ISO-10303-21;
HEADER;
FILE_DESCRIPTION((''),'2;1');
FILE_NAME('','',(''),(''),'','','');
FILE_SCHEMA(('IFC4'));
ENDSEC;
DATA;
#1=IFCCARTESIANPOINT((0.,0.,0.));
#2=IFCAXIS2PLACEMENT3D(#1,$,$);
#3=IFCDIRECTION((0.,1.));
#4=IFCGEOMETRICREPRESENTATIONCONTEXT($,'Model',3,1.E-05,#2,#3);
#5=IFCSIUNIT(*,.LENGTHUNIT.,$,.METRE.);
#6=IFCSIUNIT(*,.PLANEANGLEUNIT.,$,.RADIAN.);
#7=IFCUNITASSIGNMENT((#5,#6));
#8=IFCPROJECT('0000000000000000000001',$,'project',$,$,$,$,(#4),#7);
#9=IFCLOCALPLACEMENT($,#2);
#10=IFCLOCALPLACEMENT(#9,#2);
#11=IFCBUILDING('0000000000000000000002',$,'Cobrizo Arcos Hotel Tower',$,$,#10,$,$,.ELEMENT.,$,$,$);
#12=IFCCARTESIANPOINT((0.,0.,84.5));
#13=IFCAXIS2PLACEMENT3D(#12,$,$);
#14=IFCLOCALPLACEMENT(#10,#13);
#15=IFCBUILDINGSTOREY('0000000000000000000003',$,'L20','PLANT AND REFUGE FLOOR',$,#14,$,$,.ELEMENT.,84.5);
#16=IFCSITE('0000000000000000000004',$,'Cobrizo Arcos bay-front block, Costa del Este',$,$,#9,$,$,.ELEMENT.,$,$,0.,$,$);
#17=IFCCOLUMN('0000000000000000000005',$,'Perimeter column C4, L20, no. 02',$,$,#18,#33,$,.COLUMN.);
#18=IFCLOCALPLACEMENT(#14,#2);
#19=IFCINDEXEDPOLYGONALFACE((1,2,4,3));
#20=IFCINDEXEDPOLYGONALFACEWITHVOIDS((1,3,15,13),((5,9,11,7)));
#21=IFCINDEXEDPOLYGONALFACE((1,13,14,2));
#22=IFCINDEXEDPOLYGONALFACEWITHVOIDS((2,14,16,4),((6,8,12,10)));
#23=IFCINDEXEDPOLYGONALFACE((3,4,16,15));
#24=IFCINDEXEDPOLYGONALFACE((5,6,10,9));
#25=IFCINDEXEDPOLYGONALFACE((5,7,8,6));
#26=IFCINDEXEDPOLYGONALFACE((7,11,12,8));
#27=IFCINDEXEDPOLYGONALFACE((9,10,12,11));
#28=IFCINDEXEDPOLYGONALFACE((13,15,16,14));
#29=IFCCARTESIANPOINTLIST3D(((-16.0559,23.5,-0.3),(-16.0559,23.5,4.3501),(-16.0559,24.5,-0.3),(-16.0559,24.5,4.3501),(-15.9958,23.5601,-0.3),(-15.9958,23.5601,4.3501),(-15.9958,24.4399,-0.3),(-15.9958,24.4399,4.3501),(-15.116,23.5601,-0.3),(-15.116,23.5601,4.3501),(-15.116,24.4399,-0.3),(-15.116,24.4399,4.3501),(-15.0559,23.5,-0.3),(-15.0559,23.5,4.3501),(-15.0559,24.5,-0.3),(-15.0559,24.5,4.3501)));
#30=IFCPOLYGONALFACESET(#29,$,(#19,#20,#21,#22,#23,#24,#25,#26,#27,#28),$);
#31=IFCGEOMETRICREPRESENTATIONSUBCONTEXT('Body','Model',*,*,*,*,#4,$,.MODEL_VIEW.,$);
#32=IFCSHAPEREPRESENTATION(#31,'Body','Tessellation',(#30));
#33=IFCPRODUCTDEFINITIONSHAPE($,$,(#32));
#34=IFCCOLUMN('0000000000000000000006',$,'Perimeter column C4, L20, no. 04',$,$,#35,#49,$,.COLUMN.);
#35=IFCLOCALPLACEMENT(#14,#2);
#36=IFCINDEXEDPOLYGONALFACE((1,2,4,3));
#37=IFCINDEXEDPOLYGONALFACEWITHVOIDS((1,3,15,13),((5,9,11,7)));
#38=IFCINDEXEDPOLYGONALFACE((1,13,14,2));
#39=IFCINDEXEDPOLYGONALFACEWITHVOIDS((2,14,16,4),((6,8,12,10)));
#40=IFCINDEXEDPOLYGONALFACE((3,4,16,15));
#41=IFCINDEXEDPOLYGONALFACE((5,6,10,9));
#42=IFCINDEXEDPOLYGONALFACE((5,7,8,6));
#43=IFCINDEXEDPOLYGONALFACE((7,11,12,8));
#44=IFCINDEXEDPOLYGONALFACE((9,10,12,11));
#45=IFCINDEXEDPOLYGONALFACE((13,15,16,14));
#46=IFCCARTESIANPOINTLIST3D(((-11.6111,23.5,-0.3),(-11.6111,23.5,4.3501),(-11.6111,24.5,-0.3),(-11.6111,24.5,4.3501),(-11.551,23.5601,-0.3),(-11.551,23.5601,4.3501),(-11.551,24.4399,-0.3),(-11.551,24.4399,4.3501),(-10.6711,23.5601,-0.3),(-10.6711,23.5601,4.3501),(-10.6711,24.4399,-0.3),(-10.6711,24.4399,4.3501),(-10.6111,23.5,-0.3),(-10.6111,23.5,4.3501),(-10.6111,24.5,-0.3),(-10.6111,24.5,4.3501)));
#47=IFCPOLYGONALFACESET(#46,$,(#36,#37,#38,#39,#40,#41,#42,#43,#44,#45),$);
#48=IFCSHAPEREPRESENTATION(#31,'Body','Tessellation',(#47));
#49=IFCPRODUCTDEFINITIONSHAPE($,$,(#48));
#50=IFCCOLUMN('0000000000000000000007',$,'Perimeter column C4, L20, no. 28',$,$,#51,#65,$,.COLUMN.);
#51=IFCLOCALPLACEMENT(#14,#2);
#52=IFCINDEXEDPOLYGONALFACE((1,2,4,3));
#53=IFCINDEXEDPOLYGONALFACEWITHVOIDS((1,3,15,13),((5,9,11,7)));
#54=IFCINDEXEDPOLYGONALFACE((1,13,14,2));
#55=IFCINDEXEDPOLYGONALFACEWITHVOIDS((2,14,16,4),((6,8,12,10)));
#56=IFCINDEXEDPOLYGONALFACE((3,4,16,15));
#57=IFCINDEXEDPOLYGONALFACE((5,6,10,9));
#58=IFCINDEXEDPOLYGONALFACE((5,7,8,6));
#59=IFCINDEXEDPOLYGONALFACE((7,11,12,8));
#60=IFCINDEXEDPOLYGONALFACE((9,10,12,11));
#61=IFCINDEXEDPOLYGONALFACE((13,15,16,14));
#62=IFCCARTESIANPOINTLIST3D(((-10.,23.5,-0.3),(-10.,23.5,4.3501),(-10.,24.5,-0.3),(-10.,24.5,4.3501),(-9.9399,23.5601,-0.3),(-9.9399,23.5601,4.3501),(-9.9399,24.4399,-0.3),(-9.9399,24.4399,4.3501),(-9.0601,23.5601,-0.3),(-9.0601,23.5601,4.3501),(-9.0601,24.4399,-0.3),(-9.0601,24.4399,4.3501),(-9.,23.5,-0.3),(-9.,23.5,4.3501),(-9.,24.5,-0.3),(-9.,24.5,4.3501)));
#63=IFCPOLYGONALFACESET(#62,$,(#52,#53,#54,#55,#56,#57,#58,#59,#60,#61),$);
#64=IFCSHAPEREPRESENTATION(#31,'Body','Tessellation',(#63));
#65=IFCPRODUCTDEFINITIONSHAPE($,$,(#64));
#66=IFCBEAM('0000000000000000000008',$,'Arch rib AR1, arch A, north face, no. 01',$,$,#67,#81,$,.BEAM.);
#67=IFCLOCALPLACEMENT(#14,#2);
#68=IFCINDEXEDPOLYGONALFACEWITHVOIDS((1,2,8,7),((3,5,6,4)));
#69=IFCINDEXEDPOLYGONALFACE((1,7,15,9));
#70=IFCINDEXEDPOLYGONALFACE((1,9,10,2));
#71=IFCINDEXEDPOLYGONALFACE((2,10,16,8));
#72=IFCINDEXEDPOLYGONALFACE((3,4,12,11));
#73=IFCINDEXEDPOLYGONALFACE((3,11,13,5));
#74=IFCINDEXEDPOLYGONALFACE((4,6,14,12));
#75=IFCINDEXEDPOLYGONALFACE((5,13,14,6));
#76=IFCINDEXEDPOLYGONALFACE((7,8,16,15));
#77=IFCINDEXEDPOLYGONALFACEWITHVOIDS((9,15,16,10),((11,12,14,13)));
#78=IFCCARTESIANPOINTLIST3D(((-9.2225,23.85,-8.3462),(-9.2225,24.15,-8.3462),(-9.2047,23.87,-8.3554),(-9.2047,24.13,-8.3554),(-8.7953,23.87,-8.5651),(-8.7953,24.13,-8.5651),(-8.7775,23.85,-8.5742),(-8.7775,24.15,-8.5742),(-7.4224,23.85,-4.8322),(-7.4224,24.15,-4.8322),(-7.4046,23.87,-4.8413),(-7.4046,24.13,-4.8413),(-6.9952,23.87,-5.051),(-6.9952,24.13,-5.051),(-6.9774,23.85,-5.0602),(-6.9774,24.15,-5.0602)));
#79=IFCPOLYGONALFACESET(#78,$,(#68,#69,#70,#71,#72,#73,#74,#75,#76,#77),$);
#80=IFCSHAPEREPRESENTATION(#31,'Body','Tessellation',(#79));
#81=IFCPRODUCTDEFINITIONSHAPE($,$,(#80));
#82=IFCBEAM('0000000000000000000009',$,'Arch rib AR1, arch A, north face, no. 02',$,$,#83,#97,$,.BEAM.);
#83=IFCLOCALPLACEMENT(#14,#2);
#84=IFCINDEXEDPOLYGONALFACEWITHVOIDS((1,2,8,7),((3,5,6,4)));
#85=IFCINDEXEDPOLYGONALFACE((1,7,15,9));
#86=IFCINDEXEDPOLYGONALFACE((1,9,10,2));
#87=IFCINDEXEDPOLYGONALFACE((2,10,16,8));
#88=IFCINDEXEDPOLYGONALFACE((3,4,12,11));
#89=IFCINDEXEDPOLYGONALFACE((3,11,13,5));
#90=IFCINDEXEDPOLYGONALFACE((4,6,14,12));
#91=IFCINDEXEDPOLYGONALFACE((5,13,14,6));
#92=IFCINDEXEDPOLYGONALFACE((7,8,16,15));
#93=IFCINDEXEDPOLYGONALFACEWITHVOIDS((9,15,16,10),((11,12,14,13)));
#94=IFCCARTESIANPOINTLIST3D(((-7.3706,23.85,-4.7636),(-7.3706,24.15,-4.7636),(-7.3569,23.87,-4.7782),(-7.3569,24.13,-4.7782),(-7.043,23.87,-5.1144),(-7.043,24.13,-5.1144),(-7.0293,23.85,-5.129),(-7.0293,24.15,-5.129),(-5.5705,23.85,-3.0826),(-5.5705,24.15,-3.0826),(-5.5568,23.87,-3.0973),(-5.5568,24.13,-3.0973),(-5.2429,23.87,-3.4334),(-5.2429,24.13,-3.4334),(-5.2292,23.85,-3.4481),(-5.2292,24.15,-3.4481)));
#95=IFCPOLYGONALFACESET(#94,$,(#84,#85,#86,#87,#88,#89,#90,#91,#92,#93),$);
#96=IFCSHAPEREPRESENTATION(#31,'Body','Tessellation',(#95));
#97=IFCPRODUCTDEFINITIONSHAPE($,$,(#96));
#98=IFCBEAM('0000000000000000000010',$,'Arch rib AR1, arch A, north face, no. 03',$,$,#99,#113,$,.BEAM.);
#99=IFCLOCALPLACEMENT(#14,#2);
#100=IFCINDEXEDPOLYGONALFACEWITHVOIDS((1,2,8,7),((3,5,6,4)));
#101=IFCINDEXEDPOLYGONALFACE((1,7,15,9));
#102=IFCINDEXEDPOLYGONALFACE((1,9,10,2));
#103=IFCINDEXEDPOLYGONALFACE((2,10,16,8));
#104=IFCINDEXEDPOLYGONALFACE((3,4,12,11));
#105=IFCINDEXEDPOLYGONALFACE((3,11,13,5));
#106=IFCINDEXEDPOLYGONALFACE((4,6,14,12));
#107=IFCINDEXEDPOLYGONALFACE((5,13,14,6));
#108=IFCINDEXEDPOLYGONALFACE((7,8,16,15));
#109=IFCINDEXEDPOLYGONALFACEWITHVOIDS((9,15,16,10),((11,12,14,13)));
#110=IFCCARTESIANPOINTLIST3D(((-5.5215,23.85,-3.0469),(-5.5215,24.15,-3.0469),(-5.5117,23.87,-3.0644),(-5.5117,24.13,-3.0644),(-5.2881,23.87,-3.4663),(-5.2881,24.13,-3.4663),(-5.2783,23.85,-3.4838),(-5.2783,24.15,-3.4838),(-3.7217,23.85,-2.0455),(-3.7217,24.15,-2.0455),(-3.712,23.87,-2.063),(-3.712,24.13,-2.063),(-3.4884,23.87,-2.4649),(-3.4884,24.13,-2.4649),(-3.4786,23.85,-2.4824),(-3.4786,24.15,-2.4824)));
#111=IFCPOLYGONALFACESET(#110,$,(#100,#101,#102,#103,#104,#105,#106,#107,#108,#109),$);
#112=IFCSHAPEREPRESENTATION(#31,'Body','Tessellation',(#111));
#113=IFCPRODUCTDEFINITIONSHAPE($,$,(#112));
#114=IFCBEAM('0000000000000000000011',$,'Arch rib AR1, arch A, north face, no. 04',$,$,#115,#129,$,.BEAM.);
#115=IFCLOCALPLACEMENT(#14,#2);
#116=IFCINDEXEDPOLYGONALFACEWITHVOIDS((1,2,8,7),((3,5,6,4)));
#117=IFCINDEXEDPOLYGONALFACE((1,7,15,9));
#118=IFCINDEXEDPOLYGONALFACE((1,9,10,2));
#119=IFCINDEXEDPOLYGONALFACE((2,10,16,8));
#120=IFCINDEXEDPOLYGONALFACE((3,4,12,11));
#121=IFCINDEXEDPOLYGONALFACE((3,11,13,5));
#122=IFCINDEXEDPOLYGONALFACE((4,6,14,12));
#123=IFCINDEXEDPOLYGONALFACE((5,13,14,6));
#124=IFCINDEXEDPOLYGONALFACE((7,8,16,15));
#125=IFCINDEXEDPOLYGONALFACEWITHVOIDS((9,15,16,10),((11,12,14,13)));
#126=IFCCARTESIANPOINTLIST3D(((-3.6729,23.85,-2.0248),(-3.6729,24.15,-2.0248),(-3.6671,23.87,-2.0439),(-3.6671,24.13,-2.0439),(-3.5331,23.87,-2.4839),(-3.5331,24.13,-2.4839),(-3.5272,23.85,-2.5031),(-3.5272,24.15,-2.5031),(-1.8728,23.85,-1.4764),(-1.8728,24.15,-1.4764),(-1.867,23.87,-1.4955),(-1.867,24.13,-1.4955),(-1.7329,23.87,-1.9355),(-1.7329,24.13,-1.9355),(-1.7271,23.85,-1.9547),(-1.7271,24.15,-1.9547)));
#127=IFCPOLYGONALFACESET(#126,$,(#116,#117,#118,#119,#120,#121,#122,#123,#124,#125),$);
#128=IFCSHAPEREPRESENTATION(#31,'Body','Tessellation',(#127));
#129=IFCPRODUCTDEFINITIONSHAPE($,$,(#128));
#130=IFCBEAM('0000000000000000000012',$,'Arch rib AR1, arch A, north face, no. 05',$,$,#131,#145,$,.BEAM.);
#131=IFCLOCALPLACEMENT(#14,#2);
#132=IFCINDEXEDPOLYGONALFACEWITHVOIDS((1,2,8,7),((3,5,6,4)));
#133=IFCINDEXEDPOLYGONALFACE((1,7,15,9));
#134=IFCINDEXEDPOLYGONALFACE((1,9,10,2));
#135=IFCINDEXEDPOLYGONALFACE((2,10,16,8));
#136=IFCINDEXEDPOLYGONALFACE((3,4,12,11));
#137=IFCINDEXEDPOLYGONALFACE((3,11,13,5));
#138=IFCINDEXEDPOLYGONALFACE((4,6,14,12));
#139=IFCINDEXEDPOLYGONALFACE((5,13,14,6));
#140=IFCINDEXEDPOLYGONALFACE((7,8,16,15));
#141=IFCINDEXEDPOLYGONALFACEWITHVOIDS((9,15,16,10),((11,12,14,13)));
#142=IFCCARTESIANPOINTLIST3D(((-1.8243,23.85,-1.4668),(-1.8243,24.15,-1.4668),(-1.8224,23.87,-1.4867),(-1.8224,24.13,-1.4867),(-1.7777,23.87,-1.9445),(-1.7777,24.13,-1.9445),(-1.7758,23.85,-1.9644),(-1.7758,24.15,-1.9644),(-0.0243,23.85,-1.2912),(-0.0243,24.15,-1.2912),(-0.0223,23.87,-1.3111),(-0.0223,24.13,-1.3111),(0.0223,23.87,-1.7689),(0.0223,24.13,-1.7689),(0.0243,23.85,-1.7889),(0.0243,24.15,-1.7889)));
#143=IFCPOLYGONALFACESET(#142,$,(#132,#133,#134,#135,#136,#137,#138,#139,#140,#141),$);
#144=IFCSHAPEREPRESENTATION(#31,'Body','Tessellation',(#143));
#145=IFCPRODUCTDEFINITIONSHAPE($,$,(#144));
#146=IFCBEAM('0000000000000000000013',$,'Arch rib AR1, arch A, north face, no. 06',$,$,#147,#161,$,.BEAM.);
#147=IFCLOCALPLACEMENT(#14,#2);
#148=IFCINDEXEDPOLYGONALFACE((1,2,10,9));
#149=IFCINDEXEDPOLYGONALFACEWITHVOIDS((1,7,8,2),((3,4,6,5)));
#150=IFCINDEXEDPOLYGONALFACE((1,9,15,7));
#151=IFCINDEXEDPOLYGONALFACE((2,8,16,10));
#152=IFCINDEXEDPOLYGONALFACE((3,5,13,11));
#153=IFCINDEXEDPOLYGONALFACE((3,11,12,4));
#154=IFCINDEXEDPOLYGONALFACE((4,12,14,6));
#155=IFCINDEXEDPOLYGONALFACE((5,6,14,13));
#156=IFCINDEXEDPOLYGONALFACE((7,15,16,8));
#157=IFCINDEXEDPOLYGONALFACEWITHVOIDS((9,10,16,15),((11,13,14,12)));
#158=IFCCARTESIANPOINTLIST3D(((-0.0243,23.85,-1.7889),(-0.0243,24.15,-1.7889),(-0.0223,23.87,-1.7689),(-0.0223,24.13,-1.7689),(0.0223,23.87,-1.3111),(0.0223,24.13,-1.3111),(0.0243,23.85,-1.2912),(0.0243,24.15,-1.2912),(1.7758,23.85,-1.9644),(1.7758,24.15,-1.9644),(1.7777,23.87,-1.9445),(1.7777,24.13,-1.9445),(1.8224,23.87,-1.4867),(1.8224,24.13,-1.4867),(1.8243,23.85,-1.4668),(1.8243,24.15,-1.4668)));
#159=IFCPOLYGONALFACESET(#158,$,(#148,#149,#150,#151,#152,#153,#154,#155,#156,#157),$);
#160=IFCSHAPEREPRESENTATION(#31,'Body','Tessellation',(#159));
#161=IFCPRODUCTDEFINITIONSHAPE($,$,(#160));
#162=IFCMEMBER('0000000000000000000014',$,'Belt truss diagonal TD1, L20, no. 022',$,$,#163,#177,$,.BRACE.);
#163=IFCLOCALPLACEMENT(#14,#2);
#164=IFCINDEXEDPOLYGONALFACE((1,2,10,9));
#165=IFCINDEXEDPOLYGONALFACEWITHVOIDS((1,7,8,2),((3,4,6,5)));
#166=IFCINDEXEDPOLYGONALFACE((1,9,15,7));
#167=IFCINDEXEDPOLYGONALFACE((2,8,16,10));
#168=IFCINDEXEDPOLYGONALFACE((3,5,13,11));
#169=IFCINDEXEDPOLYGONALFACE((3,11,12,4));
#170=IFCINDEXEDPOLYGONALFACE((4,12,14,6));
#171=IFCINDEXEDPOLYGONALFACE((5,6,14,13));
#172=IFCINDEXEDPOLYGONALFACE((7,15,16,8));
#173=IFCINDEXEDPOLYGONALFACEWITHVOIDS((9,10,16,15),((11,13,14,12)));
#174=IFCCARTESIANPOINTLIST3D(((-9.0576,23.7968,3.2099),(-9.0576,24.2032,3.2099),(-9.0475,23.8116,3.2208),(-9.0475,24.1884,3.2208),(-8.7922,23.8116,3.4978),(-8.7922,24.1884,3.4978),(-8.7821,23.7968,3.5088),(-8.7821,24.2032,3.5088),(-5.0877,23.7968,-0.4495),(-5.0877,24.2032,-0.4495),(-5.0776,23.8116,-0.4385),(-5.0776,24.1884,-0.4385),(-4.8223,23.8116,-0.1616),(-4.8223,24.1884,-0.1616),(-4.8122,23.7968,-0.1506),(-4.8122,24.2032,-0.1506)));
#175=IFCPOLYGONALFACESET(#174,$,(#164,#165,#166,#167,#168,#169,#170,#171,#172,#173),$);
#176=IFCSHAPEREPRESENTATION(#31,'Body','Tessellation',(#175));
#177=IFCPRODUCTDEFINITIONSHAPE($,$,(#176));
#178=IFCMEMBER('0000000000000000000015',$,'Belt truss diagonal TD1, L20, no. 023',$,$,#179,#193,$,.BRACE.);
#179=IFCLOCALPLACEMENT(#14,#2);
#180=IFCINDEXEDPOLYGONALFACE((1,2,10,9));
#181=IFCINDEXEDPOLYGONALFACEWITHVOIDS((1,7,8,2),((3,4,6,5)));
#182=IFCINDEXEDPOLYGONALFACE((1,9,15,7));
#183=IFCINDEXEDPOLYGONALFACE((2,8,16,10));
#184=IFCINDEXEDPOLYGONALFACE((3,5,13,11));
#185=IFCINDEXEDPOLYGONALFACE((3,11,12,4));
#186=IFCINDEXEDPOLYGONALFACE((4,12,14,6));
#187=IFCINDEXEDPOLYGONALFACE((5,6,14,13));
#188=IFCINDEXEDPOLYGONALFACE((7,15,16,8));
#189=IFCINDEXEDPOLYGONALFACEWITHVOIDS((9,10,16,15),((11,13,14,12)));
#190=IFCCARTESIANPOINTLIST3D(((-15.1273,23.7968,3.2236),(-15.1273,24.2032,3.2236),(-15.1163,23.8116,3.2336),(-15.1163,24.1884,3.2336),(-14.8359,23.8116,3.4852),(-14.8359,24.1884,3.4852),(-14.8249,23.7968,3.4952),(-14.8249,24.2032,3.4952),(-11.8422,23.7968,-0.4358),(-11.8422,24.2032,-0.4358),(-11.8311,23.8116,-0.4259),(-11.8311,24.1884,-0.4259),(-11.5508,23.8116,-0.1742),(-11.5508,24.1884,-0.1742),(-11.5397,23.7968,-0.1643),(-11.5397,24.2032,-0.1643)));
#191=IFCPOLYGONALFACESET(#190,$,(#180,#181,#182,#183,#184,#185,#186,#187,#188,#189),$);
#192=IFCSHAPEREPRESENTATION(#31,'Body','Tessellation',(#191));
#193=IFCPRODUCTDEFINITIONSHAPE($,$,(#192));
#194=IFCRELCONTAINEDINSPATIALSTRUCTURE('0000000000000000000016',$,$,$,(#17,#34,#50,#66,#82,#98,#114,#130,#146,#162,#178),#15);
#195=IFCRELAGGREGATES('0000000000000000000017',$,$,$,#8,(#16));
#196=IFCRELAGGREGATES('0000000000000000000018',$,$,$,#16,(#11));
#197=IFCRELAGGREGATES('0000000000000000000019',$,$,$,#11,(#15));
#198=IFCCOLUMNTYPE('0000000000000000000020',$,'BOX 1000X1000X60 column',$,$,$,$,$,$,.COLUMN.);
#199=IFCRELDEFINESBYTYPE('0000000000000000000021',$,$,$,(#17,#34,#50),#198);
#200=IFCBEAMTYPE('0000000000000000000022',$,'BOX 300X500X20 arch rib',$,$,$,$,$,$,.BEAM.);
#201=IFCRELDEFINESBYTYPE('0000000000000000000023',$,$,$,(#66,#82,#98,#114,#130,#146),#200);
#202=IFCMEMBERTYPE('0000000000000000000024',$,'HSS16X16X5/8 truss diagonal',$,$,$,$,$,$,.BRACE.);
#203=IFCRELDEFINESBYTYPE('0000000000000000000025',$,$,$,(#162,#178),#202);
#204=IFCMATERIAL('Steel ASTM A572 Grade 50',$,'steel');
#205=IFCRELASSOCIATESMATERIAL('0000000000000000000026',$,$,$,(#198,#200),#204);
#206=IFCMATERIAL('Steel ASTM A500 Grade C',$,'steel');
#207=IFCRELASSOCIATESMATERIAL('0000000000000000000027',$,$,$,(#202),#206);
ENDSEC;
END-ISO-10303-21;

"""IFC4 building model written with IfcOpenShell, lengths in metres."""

from ifc_helpers import new_model, si_unit, direction, frame, origin, origin_2d, place, context, subcontext, project, spatial, hollow_rectangle, extrude, material, material_profile, profile_set, type_object, element, save


model = new_model("IFC4")

# Units and contexts
model_context = context("Model", 3, precision=1e-05, world=origin(), true_north=direction((0.0, 1.0)))
body_context = subcontext(model_context, "Body", "Model", "MODEL_VIEW")
ifc_project = project(units=[si_unit("LENGTHUNIT", "METRE"), si_unit("PLANEANGLEUNIT", "RADIAN")], contexts=[model_context])

# Site, building, storey
site_placement = place(None, origin())
site = spatial("IfcSite", under=ifc_project, at=site_placement, Name="Cobrizo Arcos bay-front block, Costa del Este", CompositionType="ELEMENT", RefElevation=0.0)
building_placement = place(site_placement, origin())
building = spatial("IfcBuilding", under=site, at=building_placement, Name="Cobrizo Arcos Hotel Tower", CompositionType="ELEMENT")
storey_placement = place(building_placement, frame((0.0, 0.0, 84.5)))
storey = spatial("IfcBuildingStorey", under=building, at=storey_placement, Name="L20", Description="PLANT AND REFUGE FLOOR", CompositionType="ELEMENT", Elevation=84.5)

# Columns
ifc_material_1 = material(Name="Steel ASTM A572 Grade 50", Category="steel")
ifc_material_profile_1 = material_profile(ifc_material_1, hollow_rectangle(XDim=1.0, YDim=1.0, WallThickness=0.0601, at=origin_2d()), Name="BOX 1000X1000X60")
ifc_profile_set_1 = profile_set([ifc_material_profile_1], Name="Steel ASTM A572 Grade 50")
column_type = type_object("IfcColumnType", Name="BOX 1000X1000X60 column", PredefinedType="COLUMN", material=ifc_profile_set_1)
for number, where, z_axis, x_axis, name in (
    (1, (-15.5559, 24.0, -0.3), (0.0, 0.0, 1.0), (1.0, 0.0, 0.0), "Perimeter column C4, L20, no. 02"),
    (2, (-11.1111, 24.0, -0.3), (0.0, 0.0, 1.0), (1.0, 0.0, 0.0), "Perimeter column C4, L20, no. 04"),
    (3, (-9.5, 24.0, -0.3), (0.0, 0.0, 1.0), (1.0, 0.0, 0.0), "Perimeter column C4, L20, no. 28"),
):
    element("IfcColumn", number, at=place(storey_placement, frame(where, z_axis=z_axis, x_axis=x_axis)), inside=storey, type_object=column_type, Name=name, PredefinedType="COLUMN", context=body_context, shape_type="SweptSolid", body=[
        extrude(hollow_rectangle(XDim=1.0, YDim=1.0, WallThickness=0.0601, at=origin_2d()), origin(), (0.0, 0.0, 1.0), 4.6501),
    ])

# Beams
ifc_material_profile_2 = material_profile(ifc_material_1, hollow_rectangle(XDim=0.3, YDim=0.5, WallThickness=0.02, at=origin_2d()), Name="BOX 300X500X20")
ifc_profile_set_2 = profile_set([ifc_material_profile_2], Name="Steel ASTM A572 Grade 50")
beam_type = type_object("IfcBeamType", Name="BOX 300X500X20 arch rib", PredefinedType="BEAM", material=ifc_profile_set_2)
beam_1_placement = place(storey_placement, frame((-9.0, 24.0, -8.4602), z_axis=(0.455924, 0.0, 0.890019), x_axis=(0.0, 1.0, 0.0)))
element("IfcBeam", 4, at=beam_1_placement, inside=storey, type_object=beam_type, Name="Arch rib AR1, arch A, north face, no. 01", PredefinedType="BEAM", context=body_context, shape_type="SweptSolid", body=[
    extrude(hollow_rectangle(XDim=0.3, YDim=0.5, WallThickness=0.02, at=origin_2d()), origin(), (0.0, 0.0, 1.0), 3.9482),
])
beam_2_placement = place(storey_placement, frame((-7.2, 24.0, -4.9463), z_axis=(0.730881, 0.0, 0.682505), x_axis=(0.0, 1.0, 0.0)))
element("IfcBeam", 5, at=beam_2_placement, inside=storey, type_object=beam_type, Name="Arch rib AR1, arch A, north face, no. 02", PredefinedType="BEAM", context=body_context, shape_type="SweptSolid", body=[
    extrude(hollow_rectangle(XDim=0.3, YDim=0.5, WallThickness=0.02, at=origin_2d()), origin(), (0.0, 0.0, 1.0), 2.4629),
])
beam_3_placement = place(storey_placement, frame((-5.3999, 24.0, -3.2654), z_axis=(0.873833, 0.0, 0.486227), x_axis=(0.0, 1.0, 0.0)))
element("IfcBeam", 6, at=beam_3_placement, inside=storey, type_object=beam_type, Name="Arch rib AR1, arch A, north face, no. 03", PredefinedType="BEAM", context=body_context, shape_type="SweptSolid", body=[
    extrude(hollow_rectangle(XDim=0.3, YDim=0.5, WallThickness=0.02, at=origin_2d()), origin(), (0.0, 0.0, 1.0), 2.0596),
])
beam_4_placement = place(storey_placement, frame((-3.6001, 24.0, -2.2639), z_axis=(0.9566, 0.0, 0.291404), x_axis=(0.0, 1.0, 0.0)))
element("IfcBeam", 7, at=beam_4_placement, inside=storey, type_object=beam_type, Name="Arch rib AR1, arch A, north face, no. 04", PredefinedType="BEAM", context=body_context, shape_type="SweptSolid", body=[
    extrude(hollow_rectangle(XDim=0.3, YDim=0.5, WallThickness=0.02, at=origin_2d()), origin(), (0.0, 0.0, 1.0), 1.8818),
])
for number, where, z_axis, x_axis, name in (
    (8, (-1.8, 24.0, -1.7156), (0.995279, 0.0, 0.097058), (0.0, 1.0, 0.0), "Arch rib AR1, arch A, north face, no. 05"),
    (9, (0.0, 24.0, -1.54), (0.995279, 0.0, -0.097058), (0.0, 1.0, 0.0), "Arch rib AR1, arch A, north face, no. 06"),
):
    element("IfcBeam", number, at=place(storey_placement, frame(where, z_axis=z_axis, x_axis=x_axis)), inside=storey, type_object=beam_type, Name=name, PredefinedType="BEAM", context=body_context, shape_type="SweptSolid", body=[
        extrude(hollow_rectangle(XDim=0.3, YDim=0.5, WallThickness=0.02, at=origin_2d()), origin(), (0.0, 0.0, 1.0), 1.8086),
    ])

# Members
ifc_material_2 = material(Name="Steel ASTM A500 Grade C", Category="steel")
ifc_material_profile_3 = material_profile(ifc_material_2, hollow_rectangle(XDim=0.4065, YDim=0.4065, WallThickness=0.0149, at=origin_2d()), Name="HSS16X16X5/8")
ifc_profile_set_3 = profile_set([ifc_material_profile_3], Name="Steel ASTM A500 Grade C")
member_type_1 = type_object("IfcMemberType", Name="HSS16X16X5/8 truss diagonal", PredefinedType="BRACE", material=ifc_profile_set_3)
member_1_placement = place(storey_placement, frame((-4.95, 24.0, -0.3), z_axis=(-0.73528, 0.0, 0.677763), x_axis=(0.0, -1.0, 0.0)))
element("IfcMember", 10, at=member_1_placement, inside=storey, type_object=member_type_1, Name="Belt truss diagonal TD1, L20, no. 022", PredefinedType="BRACE", context=body_context, shape_type="SweptSolid", body=[
    extrude(hollow_rectangle(XDim=0.4065, YDim=0.4065, WallThickness=0.0149, at=origin_2d()), origin(), (0.0, 0.0, 1.0), 5.3992),
])
member_2_placement = place(storey_placement, frame((-11.6909, 24.0, -0.3), z_axis=(-0.668029, 0.0, 0.744135), x_axis=(0.0, -1.0, 0.0)))
element("IfcMember", 11, at=member_2_placement, inside=storey, type_object=member_type_1, Name="Belt truss diagonal TD1, L20, no. 023", PredefinedType="BRACE", context=body_context, shape_type="SweptSolid", body=[
    extrude(hollow_rectangle(XDim=0.4065, YDim=0.4065, WallThickness=0.0149, at=origin_2d()), origin(), (0.0, 0.0, 1.0), 4.9177),
])

save(model, "model.ifc")
